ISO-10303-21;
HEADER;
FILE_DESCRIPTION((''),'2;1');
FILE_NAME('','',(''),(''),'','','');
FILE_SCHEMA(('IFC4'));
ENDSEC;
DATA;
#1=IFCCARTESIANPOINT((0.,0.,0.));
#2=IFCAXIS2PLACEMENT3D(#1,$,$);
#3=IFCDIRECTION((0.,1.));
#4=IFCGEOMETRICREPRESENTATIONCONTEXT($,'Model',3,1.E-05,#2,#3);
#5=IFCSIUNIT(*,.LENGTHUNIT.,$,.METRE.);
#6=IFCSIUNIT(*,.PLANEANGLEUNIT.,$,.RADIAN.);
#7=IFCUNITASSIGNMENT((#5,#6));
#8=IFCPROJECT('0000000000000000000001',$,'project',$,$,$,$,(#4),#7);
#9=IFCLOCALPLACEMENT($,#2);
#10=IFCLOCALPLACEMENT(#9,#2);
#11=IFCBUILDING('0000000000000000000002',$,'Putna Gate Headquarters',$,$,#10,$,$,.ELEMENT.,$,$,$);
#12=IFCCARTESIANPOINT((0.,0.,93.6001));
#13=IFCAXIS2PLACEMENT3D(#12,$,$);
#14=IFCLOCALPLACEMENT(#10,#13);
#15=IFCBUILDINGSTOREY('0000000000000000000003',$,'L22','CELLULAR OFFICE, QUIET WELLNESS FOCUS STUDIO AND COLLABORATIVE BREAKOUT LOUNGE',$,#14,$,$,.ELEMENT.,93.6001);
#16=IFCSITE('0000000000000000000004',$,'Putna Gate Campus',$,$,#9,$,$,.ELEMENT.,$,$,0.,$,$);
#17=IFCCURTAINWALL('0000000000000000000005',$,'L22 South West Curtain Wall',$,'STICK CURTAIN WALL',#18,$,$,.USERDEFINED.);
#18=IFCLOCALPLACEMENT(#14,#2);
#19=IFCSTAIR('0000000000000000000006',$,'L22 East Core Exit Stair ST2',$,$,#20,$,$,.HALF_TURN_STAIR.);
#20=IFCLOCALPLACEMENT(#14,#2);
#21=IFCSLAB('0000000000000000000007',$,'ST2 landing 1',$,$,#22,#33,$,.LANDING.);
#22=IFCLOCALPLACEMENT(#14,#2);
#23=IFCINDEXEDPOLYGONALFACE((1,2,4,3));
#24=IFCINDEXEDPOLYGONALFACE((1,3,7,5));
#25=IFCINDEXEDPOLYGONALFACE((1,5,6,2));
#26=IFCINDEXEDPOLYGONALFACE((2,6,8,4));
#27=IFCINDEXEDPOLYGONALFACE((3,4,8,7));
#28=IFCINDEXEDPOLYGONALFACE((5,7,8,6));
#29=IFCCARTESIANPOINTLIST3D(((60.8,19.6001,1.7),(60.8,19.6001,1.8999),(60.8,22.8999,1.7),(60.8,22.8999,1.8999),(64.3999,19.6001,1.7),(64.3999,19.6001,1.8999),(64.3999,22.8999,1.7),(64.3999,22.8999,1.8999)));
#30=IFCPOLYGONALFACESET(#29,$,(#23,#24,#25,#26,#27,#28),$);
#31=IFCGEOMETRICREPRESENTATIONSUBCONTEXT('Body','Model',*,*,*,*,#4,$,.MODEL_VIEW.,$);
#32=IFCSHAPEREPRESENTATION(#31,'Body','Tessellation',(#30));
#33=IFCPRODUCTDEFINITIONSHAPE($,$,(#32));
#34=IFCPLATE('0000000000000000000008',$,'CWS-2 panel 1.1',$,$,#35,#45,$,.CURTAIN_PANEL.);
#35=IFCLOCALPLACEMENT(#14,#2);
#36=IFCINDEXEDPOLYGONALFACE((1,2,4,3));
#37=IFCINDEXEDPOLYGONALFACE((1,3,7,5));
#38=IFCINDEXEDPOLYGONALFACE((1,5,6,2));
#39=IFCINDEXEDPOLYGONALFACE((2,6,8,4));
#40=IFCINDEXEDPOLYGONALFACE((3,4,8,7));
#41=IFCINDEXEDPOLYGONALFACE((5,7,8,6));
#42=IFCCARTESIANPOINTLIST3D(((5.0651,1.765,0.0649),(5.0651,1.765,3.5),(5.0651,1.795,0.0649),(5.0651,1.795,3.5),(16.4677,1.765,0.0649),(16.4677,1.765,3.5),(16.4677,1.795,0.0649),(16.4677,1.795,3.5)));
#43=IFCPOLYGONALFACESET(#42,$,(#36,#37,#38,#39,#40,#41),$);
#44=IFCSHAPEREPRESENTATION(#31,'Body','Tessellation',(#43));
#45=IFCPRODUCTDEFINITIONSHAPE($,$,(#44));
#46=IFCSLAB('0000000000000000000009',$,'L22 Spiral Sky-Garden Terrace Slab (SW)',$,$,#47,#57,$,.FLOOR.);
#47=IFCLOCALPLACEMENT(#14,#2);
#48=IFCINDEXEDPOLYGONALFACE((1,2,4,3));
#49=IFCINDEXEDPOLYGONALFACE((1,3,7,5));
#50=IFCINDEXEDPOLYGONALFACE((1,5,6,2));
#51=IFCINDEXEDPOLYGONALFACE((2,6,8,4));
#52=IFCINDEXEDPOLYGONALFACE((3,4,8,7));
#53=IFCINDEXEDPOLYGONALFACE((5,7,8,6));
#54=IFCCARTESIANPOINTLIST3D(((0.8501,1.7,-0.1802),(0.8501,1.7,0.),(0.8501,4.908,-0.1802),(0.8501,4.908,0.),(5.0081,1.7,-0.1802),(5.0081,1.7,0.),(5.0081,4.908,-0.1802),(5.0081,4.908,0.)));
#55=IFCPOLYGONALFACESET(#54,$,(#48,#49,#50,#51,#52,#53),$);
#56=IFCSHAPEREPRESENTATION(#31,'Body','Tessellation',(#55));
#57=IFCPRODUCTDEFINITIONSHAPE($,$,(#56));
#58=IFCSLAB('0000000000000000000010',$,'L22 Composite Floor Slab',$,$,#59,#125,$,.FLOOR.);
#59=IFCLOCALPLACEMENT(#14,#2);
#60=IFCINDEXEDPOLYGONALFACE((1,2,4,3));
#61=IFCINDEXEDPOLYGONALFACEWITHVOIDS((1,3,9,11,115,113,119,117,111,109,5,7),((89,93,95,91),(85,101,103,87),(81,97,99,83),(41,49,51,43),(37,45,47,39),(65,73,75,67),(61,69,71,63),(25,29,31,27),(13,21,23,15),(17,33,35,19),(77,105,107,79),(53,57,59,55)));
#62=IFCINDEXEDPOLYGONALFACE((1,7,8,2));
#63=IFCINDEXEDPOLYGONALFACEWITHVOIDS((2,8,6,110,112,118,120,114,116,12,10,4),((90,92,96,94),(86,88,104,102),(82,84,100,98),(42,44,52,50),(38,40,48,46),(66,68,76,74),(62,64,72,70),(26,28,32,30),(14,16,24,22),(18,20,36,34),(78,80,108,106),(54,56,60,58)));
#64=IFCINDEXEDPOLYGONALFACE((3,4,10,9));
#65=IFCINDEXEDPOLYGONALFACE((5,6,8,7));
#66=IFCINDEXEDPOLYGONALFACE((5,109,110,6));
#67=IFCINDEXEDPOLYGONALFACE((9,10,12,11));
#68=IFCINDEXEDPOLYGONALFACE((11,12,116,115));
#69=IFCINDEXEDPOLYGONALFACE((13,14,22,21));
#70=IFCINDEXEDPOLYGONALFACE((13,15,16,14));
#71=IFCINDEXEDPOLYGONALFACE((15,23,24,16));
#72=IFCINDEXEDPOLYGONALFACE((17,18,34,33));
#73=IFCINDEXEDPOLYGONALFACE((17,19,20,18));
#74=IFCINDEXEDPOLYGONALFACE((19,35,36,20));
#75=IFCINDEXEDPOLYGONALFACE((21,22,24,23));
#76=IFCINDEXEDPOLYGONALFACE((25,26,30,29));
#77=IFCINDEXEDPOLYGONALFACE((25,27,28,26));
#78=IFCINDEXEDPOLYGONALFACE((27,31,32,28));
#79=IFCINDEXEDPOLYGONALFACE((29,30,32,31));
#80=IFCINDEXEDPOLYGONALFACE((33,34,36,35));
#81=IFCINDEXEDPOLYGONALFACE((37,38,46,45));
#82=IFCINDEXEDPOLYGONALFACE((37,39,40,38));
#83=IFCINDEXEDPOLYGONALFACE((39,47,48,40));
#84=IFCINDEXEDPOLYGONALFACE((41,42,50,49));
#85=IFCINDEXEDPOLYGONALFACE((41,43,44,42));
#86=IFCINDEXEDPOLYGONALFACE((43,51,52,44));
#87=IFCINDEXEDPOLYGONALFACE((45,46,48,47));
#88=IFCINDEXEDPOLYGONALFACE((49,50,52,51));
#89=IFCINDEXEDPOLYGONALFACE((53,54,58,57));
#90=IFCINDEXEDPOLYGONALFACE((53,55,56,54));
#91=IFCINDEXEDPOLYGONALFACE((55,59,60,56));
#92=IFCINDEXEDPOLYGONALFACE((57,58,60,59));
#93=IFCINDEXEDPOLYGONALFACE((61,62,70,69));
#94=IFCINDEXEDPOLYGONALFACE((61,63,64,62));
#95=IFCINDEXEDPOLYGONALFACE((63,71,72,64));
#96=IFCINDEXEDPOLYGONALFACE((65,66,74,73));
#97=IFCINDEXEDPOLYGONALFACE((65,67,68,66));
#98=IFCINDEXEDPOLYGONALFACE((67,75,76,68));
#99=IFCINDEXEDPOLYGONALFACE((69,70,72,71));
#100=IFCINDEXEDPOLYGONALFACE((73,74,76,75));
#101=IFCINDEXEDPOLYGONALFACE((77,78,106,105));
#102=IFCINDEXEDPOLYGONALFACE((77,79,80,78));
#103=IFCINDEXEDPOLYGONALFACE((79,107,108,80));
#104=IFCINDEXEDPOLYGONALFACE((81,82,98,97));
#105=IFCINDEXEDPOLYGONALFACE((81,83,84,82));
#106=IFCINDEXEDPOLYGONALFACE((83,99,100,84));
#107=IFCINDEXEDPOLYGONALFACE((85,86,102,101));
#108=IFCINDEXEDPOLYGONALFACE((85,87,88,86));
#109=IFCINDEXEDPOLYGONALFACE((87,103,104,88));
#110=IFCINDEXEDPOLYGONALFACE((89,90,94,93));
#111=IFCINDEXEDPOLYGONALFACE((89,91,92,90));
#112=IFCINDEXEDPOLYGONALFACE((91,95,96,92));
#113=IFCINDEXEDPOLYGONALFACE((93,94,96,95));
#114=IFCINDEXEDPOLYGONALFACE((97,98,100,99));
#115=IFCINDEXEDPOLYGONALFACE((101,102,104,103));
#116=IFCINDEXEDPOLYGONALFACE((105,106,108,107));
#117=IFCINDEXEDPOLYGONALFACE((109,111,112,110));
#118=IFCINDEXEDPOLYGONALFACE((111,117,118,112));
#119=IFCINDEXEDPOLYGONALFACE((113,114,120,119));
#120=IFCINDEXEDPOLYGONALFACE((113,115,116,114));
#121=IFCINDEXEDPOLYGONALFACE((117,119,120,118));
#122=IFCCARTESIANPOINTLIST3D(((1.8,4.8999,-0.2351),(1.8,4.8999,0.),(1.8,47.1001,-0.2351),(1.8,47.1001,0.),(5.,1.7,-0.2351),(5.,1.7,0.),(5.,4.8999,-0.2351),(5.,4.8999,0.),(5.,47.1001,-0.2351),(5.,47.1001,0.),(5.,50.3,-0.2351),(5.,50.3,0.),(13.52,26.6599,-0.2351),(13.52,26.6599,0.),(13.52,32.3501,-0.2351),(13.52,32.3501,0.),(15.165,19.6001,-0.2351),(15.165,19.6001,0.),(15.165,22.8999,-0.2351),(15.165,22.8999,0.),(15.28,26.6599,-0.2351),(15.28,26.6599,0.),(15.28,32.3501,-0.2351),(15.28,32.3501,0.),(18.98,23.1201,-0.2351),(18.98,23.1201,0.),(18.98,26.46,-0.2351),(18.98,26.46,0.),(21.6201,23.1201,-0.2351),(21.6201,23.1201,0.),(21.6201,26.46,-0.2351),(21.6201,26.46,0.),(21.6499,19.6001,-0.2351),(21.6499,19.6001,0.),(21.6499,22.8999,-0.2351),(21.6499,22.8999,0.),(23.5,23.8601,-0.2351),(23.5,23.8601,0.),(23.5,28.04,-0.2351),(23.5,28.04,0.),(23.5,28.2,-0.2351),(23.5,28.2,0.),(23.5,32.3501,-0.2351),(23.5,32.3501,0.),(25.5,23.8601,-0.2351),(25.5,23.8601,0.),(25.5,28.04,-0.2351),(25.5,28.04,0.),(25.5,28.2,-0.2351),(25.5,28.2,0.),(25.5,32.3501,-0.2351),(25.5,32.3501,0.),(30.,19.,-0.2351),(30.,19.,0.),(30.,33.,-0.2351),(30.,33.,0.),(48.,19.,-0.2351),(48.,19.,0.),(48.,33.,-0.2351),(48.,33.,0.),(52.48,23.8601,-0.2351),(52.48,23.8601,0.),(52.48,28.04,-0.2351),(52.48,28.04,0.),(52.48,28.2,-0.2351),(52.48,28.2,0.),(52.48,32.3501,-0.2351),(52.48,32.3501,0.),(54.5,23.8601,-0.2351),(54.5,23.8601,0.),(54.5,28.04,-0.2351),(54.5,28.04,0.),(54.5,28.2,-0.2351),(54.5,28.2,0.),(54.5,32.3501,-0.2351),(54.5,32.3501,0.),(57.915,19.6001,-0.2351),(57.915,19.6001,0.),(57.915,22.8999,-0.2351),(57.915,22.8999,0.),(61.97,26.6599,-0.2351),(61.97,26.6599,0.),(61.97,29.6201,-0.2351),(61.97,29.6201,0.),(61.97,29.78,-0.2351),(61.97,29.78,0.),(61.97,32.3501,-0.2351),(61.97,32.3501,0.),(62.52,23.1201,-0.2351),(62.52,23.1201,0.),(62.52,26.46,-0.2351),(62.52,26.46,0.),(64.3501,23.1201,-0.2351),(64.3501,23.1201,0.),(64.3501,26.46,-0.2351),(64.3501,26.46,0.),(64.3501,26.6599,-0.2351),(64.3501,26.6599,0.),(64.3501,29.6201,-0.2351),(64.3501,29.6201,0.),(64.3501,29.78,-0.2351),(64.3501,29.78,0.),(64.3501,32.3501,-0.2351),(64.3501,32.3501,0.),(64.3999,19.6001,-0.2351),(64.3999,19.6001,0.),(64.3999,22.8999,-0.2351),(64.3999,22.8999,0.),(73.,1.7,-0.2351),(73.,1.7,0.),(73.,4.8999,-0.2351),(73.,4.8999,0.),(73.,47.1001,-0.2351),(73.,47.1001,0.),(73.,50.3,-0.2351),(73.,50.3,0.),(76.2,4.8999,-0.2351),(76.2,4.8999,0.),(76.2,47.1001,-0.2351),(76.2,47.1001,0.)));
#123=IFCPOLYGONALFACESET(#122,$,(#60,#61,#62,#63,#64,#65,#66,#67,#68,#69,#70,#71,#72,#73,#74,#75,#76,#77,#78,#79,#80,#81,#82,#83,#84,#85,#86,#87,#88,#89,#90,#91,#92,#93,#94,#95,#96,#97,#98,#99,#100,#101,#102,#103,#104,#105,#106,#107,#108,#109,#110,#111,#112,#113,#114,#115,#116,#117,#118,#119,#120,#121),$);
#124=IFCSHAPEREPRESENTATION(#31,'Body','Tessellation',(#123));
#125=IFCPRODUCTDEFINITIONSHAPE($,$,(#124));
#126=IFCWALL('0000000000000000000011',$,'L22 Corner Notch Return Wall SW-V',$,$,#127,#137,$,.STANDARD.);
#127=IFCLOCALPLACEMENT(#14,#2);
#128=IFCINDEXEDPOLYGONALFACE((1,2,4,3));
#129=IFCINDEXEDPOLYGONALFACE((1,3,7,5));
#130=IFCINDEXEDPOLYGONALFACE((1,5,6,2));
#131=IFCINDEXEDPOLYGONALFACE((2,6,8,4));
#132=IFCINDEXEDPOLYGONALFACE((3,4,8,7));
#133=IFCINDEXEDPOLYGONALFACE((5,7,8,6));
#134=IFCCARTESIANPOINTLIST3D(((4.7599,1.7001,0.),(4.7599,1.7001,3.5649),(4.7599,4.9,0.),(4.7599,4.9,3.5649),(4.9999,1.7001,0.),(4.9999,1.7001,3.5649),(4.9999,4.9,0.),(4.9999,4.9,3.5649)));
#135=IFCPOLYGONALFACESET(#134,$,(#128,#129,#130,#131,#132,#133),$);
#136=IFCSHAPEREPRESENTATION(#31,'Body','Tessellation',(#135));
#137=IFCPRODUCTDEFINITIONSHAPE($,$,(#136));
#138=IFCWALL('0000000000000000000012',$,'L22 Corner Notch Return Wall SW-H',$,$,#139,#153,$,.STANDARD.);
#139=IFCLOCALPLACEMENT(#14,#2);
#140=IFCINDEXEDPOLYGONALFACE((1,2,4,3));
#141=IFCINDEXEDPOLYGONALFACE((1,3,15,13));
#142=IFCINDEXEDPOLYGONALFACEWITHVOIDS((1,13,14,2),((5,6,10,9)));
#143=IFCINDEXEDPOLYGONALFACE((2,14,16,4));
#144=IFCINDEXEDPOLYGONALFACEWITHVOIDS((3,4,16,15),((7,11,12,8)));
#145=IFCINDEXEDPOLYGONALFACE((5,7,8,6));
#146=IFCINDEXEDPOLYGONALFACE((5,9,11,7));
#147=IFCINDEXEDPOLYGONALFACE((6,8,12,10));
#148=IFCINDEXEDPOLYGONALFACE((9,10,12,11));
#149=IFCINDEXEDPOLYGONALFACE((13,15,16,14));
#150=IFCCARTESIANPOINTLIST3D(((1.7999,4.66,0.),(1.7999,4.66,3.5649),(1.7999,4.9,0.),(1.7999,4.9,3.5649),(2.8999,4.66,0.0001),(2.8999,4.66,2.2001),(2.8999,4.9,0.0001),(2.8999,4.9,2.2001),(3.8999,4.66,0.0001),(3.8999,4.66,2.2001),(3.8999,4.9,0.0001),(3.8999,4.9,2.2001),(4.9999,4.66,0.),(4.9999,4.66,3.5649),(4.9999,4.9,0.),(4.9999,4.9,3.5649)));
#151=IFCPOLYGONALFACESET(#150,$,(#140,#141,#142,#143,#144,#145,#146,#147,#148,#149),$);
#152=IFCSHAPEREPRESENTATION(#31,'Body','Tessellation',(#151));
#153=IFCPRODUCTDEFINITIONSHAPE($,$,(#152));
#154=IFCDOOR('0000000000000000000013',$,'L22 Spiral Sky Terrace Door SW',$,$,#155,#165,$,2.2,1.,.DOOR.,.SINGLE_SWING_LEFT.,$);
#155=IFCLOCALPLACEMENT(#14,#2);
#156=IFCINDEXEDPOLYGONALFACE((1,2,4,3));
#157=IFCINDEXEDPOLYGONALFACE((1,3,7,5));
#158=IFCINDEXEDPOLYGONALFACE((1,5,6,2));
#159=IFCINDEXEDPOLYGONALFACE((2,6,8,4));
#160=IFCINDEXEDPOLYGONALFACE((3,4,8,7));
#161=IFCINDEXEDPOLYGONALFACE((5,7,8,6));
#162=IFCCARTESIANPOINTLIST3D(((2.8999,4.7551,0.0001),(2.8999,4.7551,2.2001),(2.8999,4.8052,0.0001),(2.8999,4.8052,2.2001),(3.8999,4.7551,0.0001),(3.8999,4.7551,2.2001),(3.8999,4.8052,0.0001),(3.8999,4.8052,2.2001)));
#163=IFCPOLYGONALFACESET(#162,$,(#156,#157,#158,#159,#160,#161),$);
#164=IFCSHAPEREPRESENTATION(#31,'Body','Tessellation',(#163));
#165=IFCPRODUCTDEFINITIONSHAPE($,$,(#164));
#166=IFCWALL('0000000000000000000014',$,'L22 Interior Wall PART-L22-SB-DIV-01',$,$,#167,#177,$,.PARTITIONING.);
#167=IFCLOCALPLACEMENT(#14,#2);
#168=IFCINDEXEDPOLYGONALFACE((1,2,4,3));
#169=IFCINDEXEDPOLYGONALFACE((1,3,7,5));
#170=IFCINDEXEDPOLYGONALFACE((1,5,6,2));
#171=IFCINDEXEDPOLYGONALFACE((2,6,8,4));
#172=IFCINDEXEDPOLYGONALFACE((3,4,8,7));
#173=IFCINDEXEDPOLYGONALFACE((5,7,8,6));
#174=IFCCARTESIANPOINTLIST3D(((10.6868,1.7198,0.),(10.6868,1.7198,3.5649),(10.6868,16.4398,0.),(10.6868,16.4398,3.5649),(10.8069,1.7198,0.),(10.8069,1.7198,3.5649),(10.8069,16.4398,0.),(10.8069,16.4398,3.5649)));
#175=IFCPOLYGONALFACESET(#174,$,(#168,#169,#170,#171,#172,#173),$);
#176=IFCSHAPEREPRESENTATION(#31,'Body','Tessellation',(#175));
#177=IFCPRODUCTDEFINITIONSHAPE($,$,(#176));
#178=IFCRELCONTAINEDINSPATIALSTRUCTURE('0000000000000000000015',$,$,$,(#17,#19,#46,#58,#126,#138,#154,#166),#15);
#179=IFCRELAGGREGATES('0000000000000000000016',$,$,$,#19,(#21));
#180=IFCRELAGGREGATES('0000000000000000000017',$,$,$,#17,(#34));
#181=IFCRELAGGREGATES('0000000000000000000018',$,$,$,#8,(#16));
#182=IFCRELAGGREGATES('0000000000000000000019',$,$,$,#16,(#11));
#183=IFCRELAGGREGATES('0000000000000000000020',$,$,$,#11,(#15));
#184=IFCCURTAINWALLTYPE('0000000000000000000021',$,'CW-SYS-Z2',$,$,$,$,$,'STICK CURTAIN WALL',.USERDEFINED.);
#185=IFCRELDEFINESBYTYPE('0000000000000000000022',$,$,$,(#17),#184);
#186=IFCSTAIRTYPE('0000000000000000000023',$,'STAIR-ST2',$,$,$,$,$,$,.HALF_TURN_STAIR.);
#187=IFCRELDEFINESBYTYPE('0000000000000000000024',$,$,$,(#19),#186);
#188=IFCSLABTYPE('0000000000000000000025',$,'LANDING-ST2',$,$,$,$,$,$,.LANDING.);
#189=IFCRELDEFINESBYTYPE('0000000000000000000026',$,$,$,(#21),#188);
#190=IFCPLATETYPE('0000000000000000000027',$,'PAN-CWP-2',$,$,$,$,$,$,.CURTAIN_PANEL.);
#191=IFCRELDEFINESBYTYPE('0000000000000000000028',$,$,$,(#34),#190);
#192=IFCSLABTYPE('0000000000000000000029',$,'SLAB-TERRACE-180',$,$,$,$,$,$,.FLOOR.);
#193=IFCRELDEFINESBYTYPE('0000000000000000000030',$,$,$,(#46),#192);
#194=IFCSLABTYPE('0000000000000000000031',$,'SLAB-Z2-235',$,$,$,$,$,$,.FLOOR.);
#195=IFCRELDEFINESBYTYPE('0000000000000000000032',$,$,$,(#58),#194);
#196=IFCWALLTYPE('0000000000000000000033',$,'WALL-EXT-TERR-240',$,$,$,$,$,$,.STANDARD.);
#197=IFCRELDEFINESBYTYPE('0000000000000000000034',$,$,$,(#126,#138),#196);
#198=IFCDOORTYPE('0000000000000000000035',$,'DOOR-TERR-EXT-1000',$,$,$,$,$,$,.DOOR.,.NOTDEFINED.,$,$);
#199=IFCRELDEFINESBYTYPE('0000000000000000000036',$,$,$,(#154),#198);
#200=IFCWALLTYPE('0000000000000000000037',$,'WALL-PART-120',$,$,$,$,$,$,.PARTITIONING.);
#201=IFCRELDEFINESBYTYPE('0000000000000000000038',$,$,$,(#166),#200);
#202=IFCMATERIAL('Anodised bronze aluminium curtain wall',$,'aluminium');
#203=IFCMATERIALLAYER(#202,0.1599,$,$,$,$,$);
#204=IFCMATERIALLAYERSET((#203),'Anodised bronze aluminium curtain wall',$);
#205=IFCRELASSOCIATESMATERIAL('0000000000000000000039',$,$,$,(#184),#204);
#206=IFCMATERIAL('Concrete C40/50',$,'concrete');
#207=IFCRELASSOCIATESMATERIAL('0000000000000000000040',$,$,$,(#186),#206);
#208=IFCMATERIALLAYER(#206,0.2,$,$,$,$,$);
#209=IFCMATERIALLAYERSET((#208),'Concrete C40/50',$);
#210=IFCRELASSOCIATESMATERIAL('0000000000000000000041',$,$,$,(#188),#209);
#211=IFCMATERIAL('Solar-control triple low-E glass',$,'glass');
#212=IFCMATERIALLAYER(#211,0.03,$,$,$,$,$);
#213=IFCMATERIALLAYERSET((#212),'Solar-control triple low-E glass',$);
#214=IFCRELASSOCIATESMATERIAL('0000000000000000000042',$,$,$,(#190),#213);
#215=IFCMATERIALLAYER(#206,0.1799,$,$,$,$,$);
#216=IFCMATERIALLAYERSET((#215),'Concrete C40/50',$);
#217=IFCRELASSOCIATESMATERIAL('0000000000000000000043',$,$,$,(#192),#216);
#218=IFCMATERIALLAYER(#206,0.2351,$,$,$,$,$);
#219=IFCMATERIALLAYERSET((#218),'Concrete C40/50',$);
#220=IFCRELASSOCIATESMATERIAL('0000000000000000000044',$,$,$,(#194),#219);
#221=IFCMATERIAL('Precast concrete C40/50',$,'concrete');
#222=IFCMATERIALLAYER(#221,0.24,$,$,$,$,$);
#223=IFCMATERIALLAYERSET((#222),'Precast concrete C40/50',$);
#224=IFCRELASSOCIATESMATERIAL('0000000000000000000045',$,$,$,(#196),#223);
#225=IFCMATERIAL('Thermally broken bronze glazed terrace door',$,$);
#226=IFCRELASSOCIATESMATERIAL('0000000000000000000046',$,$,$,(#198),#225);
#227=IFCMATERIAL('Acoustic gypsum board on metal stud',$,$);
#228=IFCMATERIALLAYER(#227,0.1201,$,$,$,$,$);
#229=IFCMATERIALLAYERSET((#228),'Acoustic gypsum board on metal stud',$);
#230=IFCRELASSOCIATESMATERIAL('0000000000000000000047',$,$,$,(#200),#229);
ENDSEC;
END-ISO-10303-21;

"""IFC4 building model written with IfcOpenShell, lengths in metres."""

from ifc_helpers import new_model, si_unit, direction, frame, frame_2d, origin, origin_2d, place, context, subcontext, project, spatial, polyline, rectangle, outline, extrude, material, layer, layer_set, type_object, element, fill, aggregate, save


model = new_model("IFC4")

# Units and contexts
model_context = context("Model", 3, precision=1e-05, world=origin(), true_north=direction((0.0, 1.0)))
body_context = subcontext(model_context, "Body", "Model", "MODEL_VIEW")
ifc_project = project(units=[si_unit("LENGTHUNIT", "METRE"), si_unit("PLANEANGLEUNIT", "RADIAN")], contexts=[model_context])

# Site, building, storey
site_placement = place(None, origin())
site = spatial("IfcSite", under=ifc_project, at=site_placement, Name="Putna Gate Campus", CompositionType="ELEMENT", RefElevation=0.0)
building_placement = place(site_placement, origin())
building = spatial("IfcBuilding", under=site, at=building_placement, Name="Putna Gate Headquarters", CompositionType="ELEMENT")
storey_placement = place(building_placement, frame((0.0, 0.0, 93.6001)))
storey = spatial("IfcBuildingStorey", under=building, at=storey_placement, Name="L22", Description="CELLULAR OFFICE, QUIET WELLNESS FOCUS STUDIO AND COLLABORATIVE BREAKOUT LOUNGE", CompositionType="ELEMENT", Elevation=93.6001)

# Curtain wall
ifc_material_1 = material(Name="Anodised bronze aluminium curtain wall", Category="aluminium")
ifc_layer_1 = layer(ifc_material_1, 0.1599)
ifc_layer_set_1 = layer_set([ifc_layer_1], Name="Anodised bronze aluminium curtain wall")
curtain_wall_type = type_object("IfcCurtainWallType", Name="CW-SYS-Z2", ElementType="STICK CURTAIN WALL", PredefinedType="USERDEFINED", material=ifc_layer_set_1)
curtain_wall_1_placement = place(storey_placement, origin())
curtain_wall_1 = element("IfcCurtainWall", 1, at=curtain_wall_1_placement, inside=storey, type_object=curtain_wall_type, Name="L22 South West Curtain Wall", ObjectType="STICK CURTAIN WALL", PredefinedType="USERDEFINED")

# Stair, slab
ifc_material_2 = material(Name="Concrete C40/50", Category="concrete")
stair_type_1 = type_object("IfcStairType", Name="STAIR-ST2", PredefinedType="HALF_TURN_STAIR", material=ifc_material_2)
stair_1_placement = place(storey_placement, origin())
stair_1 = element("IfcStair", 2, at=stair_1_placement, inside=storey, type_object=stair_type_1, Name="L22 East Core Exit Stair ST2", PredefinedType="HALF_TURN_STAIR")
ifc_layer_2 = layer(ifc_material_2, 0.2)
ifc_layer_set_2 = layer_set([ifc_layer_2], Name="Concrete C40/50")
slab_type_1 = type_object("IfcSlabType", Name="LANDING-ST2", PredefinedType="LANDING", material=ifc_layer_set_2)
slab_1_placement = place(storey_placement, frame((0.0, 0.0, 1.7)))
slab_1 = element("IfcSlab", 3, at=slab_1_placement, type_object=slab_type_1, Name="ST2 landing 1", PredefinedType="LANDING", context=body_context, shape_type="SweptSolid", body=[
    extrude(outline(polyline([(60.8, 19.6001), (64.3999, 19.6001), (64.3999, 22.8999), (60.8, 22.8999), (60.8, 19.6001)])), origin(), (0.0, 0.0, 1.0), 0.2),
])
aggregate(stair_1, [slab_1])

# Plate
ifc_material_3 = material(Name="Solar-control triple low-E glass", Category="glass")
ifc_layer_3 = layer(ifc_material_3, 0.03)
ifc_layer_set_3 = layer_set([ifc_layer_3], Name="Solar-control triple low-E glass")
plate_type = type_object("IfcPlateType", Name="PAN-CWP-2", PredefinedType="CURTAIN_PANEL", material=ifc_layer_set_3)
plate_placement = place(storey_placement, frame((10.7664, 1.78, 0.0649), z_axis=(0.0, 0.0, 1.0), x_axis=(1.0, 0.0, 0.0)))
plate = element("IfcPlate", 4, at=plate_placement, type_object=plate_type, Name="CWS-2 panel 1.1", PredefinedType="CURTAIN_PANEL", context=body_context, shape_type="SweptSolid", body=[
    extrude(rectangle(XDim=11.4026, YDim=0.03, at=origin_2d()), origin(), (0.0, 0.0, 1.0), 3.4351),
])
aggregate(curtain_wall_1, [plate])

# Slabs
ifc_layer_4 = layer(ifc_material_2, 0.1799)
ifc_layer_set_4 = layer_set([ifc_layer_4], Name="Concrete C40/50")
slab_type_2 = type_object("IfcSlabType", Name="SLAB-TERRACE-180", PredefinedType="FLOOR", material=ifc_layer_set_4)
slab_2_placement = place(storey_placement, frame((0.0, 0.0, -0.1802)))
element("IfcSlab", 5, at=slab_2_placement, inside=storey, type_object=slab_type_2, Name="L22 Spiral Sky-Garden Terrace Slab (SW)", PredefinedType="FLOOR", context=body_context, shape_type="SweptSolid", body=[
    extrude(outline(polyline([(0.8501, 1.7), (5.0081, 1.7), (5.0081, 4.908), (0.8501, 4.908), (0.8501, 1.7)])), origin(), (0.0, 0.0, 1.0), 0.1802),
])
ifc_layer_5 = layer(ifc_material_2, 0.2351)
ifc_layer_set_5 = layer_set([ifc_layer_5], Name="Concrete C40/50")
slab_type_3 = type_object("IfcSlabType", Name="SLAB-Z2-235", PredefinedType="FLOOR", material=ifc_layer_set_5)
slab_3_placement = place(storey_placement, frame((0.0, 0.0, -0.2351)))
element("IfcSlab", 6, at=slab_3_placement, inside=storey, type_object=slab_type_3, Name="L22 Composite Floor Slab", PredefinedType="FLOOR", context=body_context, shape_type="SweptSolid", body=[
    extrude(outline(polyline([(5.0, 1.7), (73.0, 1.7), (73.0, 4.8999), (76.2, 4.8999), (76.2, 47.1001), (73.0, 47.1001), (73.0, 50.3), (5.0, 50.3), (5.0, 47.1001), (1.8, 47.1001), (1.8, 4.8999), (5.0, 4.8999), (5.0, 1.7)]), holes=[polyline([(15.165, 19.6001), (21.6499, 19.6001), (21.6499, 22.8999), (15.165, 22.8999), (15.165, 19.6001)]), polyline([(57.915, 19.6001), (64.3999, 19.6001), (64.3999, 22.8999), (57.915, 22.8999), (57.915, 19.6001)]), polyline([(13.52, 26.6599), (15.28, 26.6599), (15.28, 32.3501), (13.52, 32.3501), (13.52, 26.6599)]), polyline([(61.97, 29.78), (64.3501, 29.78), (64.3501, 32.3501), (61.97, 32.3501), (61.97, 29.78)]), polyline([(18.98, 23.1201), (21.6201, 23.1201), (21.6201, 26.46), (18.98, 26.46), (18.98, 23.1201)]), polyline([(62.52, 23.1201), (64.3501, 23.1201), (64.3501, 26.46), (62.52, 26.46), (62.52, 23.1201)]), polyline([(61.97, 26.6599), (64.3501, 26.6599), (64.3501, 29.6201), (61.97, 29.6201), (61.97, 26.6599)]), polyline([(23.5, 23.8601), (25.5, 23.8601), (25.5, 28.04), (23.5, 28.04), (23.5, 23.8601)]), polyline([(52.48, 23.8601), (54.5, 23.8601), (54.5, 28.04), (52.48, 28.04), (52.48, 23.8601)]), polyline([(23.5, 28.2), (25.5, 28.2), (25.5, 32.3501), (23.5, 32.3501), (23.5, 28.2)]), polyline([(52.48, 28.2), (54.5, 28.2), (54.5, 32.3501), (52.48, 32.3501), (52.48, 28.2)]), polyline([(30.0, 19.0), (48.0, 19.0), (48.0, 33.0), (30.0, 33.0), (30.0, 19.0)])]), origin(), (0.0, 0.0, 1.0), 0.2351),
])

# Wall
ifc_material_4 = material(Name="Precast concrete C40/50", Category="concrete")
ifc_layer_6 = layer(ifc_material_4, 0.24)
ifc_layer_set_6 = layer_set([ifc_layer_6], Name="Precast concrete C40/50")
wall_type_1 = type_object("IfcWallType", Name="WALL-EXT-TERR-240", PredefinedType="STANDARD", material=ifc_layer_set_6)
wall_1_placement = place(storey_placement, frame((4.8799, 1.7, 0.0), z_axis=(0.0, 0.0, 1.0), x_axis=(0.0, 1.0, 0.0)))
element("IfcWall", 7, at=wall_1_placement, inside=storey, type_object=wall_type_1, Name="L22 Corner Notch Return Wall SW-V", PredefinedType="STANDARD", context=body_context, shape_type="SweptSolid", body=[
    extrude(rectangle(XDim=3.2, YDim=0.24, at=frame_2d((1.6001, 0.0))), origin(), (0.0, 0.0, 1.0), 3.5649),
])

# Wall, opening, door
wall_2_placement = place(storey_placement, frame((5.0, 4.78, 0.0), z_axis=(0.0, 0.0, 1.0), x_axis=(-1.0, 0.0, 0.0)))
wall_2 = element("IfcWall", 8, at=wall_2_placement, inside=storey, type_object=wall_type_1, Name="L22 Corner Notch Return Wall SW-H", PredefinedType="STANDARD", context=body_context, shape_type="SweptSolid", body=[
    extrude(rectangle(XDim=3.2, YDim=0.24, at=frame_2d((1.6001, 0.0))), origin(), (0.0, 0.0, 1.0), 3.5649),
])
opening_placement = place(wall_2_placement, frame((1.1001, 0.0, 0.0)))
opening = element("IfcOpeningElement", 9, at=opening_placement, cuts=wall_2, PredefinedType="OPENING", context=body_context, shape_type="SweptSolid", body=[
    extrude(rectangle(XDim=1.0, YDim=2.2, at=frame_2d((0.5, 1.1001))), frame((0.0, 0.1299, 0.0), z_axis=(0.0, -1.0, 0.0), x_axis=(1.0, 0.0, 0.0)), (0.0, 0.0, 1.0), 0.26),
])
ifc_material_5 = material(Name="Thermally broken bronze glazed terrace door")
door_type = type_object("IfcDoorType", Name="DOOR-TERR-EXT-1000", OperationType="NOTDEFINED", PredefinedType="DOOR", material=ifc_material_5)
door_placement = place(opening_placement, origin())
door = element("IfcDoor", 10, at=door_placement, inside=storey, type_object=door_type, Name="L22 Spiral Sky Terrace Door SW", OperationType="SINGLE_SWING_LEFT", OverallHeight=2.2, OverallWidth=1.0, PredefinedType="DOOR", context=body_context, shape_type="SweptSolid", body=[
    extrude(rectangle(XDim=1.0, YDim=2.2, at=frame_2d((0.5, 1.1001))), frame((0.0, 0.0249, 0.0), z_axis=(0.0, -1.0, 0.0), x_axis=(1.0, 0.0, 0.0)), (0.0, 0.0, 1.0), 0.05),
])
fill(opening, door)

# Wall
ifc_material_6 = material(Name="Acoustic gypsum board on metal stud")
ifc_layer_7 = layer(ifc_material_6, 0.1201)
ifc_layer_set_7 = layer_set([ifc_layer_7], Name="Acoustic gypsum board on metal stud")
wall_type_2 = type_object("IfcWallType", Name="WALL-PART-120", PredefinedType="PARTITIONING", material=ifc_layer_set_7)
wall_3_placement = place(storey_placement, frame((10.7468, 1.72, 0.0), z_axis=(0.0, 0.0, 1.0), x_axis=(0.0, 1.0, 0.0)))
element("IfcWall", 11, at=wall_3_placement, inside=storey, type_object=wall_type_2, Name="L22 Interior Wall PART-L22-SB-DIV-01", PredefinedType="PARTITIONING", context=body_context, shape_type="SweptSolid", body=[
    extrude(rectangle(XDim=14.72, YDim=0.1201, at=frame_2d((7.3599, 0.0))), origin(), (0.0, 0.0, 1.0), 3.5649),
])

save(model, "model.ifc")
